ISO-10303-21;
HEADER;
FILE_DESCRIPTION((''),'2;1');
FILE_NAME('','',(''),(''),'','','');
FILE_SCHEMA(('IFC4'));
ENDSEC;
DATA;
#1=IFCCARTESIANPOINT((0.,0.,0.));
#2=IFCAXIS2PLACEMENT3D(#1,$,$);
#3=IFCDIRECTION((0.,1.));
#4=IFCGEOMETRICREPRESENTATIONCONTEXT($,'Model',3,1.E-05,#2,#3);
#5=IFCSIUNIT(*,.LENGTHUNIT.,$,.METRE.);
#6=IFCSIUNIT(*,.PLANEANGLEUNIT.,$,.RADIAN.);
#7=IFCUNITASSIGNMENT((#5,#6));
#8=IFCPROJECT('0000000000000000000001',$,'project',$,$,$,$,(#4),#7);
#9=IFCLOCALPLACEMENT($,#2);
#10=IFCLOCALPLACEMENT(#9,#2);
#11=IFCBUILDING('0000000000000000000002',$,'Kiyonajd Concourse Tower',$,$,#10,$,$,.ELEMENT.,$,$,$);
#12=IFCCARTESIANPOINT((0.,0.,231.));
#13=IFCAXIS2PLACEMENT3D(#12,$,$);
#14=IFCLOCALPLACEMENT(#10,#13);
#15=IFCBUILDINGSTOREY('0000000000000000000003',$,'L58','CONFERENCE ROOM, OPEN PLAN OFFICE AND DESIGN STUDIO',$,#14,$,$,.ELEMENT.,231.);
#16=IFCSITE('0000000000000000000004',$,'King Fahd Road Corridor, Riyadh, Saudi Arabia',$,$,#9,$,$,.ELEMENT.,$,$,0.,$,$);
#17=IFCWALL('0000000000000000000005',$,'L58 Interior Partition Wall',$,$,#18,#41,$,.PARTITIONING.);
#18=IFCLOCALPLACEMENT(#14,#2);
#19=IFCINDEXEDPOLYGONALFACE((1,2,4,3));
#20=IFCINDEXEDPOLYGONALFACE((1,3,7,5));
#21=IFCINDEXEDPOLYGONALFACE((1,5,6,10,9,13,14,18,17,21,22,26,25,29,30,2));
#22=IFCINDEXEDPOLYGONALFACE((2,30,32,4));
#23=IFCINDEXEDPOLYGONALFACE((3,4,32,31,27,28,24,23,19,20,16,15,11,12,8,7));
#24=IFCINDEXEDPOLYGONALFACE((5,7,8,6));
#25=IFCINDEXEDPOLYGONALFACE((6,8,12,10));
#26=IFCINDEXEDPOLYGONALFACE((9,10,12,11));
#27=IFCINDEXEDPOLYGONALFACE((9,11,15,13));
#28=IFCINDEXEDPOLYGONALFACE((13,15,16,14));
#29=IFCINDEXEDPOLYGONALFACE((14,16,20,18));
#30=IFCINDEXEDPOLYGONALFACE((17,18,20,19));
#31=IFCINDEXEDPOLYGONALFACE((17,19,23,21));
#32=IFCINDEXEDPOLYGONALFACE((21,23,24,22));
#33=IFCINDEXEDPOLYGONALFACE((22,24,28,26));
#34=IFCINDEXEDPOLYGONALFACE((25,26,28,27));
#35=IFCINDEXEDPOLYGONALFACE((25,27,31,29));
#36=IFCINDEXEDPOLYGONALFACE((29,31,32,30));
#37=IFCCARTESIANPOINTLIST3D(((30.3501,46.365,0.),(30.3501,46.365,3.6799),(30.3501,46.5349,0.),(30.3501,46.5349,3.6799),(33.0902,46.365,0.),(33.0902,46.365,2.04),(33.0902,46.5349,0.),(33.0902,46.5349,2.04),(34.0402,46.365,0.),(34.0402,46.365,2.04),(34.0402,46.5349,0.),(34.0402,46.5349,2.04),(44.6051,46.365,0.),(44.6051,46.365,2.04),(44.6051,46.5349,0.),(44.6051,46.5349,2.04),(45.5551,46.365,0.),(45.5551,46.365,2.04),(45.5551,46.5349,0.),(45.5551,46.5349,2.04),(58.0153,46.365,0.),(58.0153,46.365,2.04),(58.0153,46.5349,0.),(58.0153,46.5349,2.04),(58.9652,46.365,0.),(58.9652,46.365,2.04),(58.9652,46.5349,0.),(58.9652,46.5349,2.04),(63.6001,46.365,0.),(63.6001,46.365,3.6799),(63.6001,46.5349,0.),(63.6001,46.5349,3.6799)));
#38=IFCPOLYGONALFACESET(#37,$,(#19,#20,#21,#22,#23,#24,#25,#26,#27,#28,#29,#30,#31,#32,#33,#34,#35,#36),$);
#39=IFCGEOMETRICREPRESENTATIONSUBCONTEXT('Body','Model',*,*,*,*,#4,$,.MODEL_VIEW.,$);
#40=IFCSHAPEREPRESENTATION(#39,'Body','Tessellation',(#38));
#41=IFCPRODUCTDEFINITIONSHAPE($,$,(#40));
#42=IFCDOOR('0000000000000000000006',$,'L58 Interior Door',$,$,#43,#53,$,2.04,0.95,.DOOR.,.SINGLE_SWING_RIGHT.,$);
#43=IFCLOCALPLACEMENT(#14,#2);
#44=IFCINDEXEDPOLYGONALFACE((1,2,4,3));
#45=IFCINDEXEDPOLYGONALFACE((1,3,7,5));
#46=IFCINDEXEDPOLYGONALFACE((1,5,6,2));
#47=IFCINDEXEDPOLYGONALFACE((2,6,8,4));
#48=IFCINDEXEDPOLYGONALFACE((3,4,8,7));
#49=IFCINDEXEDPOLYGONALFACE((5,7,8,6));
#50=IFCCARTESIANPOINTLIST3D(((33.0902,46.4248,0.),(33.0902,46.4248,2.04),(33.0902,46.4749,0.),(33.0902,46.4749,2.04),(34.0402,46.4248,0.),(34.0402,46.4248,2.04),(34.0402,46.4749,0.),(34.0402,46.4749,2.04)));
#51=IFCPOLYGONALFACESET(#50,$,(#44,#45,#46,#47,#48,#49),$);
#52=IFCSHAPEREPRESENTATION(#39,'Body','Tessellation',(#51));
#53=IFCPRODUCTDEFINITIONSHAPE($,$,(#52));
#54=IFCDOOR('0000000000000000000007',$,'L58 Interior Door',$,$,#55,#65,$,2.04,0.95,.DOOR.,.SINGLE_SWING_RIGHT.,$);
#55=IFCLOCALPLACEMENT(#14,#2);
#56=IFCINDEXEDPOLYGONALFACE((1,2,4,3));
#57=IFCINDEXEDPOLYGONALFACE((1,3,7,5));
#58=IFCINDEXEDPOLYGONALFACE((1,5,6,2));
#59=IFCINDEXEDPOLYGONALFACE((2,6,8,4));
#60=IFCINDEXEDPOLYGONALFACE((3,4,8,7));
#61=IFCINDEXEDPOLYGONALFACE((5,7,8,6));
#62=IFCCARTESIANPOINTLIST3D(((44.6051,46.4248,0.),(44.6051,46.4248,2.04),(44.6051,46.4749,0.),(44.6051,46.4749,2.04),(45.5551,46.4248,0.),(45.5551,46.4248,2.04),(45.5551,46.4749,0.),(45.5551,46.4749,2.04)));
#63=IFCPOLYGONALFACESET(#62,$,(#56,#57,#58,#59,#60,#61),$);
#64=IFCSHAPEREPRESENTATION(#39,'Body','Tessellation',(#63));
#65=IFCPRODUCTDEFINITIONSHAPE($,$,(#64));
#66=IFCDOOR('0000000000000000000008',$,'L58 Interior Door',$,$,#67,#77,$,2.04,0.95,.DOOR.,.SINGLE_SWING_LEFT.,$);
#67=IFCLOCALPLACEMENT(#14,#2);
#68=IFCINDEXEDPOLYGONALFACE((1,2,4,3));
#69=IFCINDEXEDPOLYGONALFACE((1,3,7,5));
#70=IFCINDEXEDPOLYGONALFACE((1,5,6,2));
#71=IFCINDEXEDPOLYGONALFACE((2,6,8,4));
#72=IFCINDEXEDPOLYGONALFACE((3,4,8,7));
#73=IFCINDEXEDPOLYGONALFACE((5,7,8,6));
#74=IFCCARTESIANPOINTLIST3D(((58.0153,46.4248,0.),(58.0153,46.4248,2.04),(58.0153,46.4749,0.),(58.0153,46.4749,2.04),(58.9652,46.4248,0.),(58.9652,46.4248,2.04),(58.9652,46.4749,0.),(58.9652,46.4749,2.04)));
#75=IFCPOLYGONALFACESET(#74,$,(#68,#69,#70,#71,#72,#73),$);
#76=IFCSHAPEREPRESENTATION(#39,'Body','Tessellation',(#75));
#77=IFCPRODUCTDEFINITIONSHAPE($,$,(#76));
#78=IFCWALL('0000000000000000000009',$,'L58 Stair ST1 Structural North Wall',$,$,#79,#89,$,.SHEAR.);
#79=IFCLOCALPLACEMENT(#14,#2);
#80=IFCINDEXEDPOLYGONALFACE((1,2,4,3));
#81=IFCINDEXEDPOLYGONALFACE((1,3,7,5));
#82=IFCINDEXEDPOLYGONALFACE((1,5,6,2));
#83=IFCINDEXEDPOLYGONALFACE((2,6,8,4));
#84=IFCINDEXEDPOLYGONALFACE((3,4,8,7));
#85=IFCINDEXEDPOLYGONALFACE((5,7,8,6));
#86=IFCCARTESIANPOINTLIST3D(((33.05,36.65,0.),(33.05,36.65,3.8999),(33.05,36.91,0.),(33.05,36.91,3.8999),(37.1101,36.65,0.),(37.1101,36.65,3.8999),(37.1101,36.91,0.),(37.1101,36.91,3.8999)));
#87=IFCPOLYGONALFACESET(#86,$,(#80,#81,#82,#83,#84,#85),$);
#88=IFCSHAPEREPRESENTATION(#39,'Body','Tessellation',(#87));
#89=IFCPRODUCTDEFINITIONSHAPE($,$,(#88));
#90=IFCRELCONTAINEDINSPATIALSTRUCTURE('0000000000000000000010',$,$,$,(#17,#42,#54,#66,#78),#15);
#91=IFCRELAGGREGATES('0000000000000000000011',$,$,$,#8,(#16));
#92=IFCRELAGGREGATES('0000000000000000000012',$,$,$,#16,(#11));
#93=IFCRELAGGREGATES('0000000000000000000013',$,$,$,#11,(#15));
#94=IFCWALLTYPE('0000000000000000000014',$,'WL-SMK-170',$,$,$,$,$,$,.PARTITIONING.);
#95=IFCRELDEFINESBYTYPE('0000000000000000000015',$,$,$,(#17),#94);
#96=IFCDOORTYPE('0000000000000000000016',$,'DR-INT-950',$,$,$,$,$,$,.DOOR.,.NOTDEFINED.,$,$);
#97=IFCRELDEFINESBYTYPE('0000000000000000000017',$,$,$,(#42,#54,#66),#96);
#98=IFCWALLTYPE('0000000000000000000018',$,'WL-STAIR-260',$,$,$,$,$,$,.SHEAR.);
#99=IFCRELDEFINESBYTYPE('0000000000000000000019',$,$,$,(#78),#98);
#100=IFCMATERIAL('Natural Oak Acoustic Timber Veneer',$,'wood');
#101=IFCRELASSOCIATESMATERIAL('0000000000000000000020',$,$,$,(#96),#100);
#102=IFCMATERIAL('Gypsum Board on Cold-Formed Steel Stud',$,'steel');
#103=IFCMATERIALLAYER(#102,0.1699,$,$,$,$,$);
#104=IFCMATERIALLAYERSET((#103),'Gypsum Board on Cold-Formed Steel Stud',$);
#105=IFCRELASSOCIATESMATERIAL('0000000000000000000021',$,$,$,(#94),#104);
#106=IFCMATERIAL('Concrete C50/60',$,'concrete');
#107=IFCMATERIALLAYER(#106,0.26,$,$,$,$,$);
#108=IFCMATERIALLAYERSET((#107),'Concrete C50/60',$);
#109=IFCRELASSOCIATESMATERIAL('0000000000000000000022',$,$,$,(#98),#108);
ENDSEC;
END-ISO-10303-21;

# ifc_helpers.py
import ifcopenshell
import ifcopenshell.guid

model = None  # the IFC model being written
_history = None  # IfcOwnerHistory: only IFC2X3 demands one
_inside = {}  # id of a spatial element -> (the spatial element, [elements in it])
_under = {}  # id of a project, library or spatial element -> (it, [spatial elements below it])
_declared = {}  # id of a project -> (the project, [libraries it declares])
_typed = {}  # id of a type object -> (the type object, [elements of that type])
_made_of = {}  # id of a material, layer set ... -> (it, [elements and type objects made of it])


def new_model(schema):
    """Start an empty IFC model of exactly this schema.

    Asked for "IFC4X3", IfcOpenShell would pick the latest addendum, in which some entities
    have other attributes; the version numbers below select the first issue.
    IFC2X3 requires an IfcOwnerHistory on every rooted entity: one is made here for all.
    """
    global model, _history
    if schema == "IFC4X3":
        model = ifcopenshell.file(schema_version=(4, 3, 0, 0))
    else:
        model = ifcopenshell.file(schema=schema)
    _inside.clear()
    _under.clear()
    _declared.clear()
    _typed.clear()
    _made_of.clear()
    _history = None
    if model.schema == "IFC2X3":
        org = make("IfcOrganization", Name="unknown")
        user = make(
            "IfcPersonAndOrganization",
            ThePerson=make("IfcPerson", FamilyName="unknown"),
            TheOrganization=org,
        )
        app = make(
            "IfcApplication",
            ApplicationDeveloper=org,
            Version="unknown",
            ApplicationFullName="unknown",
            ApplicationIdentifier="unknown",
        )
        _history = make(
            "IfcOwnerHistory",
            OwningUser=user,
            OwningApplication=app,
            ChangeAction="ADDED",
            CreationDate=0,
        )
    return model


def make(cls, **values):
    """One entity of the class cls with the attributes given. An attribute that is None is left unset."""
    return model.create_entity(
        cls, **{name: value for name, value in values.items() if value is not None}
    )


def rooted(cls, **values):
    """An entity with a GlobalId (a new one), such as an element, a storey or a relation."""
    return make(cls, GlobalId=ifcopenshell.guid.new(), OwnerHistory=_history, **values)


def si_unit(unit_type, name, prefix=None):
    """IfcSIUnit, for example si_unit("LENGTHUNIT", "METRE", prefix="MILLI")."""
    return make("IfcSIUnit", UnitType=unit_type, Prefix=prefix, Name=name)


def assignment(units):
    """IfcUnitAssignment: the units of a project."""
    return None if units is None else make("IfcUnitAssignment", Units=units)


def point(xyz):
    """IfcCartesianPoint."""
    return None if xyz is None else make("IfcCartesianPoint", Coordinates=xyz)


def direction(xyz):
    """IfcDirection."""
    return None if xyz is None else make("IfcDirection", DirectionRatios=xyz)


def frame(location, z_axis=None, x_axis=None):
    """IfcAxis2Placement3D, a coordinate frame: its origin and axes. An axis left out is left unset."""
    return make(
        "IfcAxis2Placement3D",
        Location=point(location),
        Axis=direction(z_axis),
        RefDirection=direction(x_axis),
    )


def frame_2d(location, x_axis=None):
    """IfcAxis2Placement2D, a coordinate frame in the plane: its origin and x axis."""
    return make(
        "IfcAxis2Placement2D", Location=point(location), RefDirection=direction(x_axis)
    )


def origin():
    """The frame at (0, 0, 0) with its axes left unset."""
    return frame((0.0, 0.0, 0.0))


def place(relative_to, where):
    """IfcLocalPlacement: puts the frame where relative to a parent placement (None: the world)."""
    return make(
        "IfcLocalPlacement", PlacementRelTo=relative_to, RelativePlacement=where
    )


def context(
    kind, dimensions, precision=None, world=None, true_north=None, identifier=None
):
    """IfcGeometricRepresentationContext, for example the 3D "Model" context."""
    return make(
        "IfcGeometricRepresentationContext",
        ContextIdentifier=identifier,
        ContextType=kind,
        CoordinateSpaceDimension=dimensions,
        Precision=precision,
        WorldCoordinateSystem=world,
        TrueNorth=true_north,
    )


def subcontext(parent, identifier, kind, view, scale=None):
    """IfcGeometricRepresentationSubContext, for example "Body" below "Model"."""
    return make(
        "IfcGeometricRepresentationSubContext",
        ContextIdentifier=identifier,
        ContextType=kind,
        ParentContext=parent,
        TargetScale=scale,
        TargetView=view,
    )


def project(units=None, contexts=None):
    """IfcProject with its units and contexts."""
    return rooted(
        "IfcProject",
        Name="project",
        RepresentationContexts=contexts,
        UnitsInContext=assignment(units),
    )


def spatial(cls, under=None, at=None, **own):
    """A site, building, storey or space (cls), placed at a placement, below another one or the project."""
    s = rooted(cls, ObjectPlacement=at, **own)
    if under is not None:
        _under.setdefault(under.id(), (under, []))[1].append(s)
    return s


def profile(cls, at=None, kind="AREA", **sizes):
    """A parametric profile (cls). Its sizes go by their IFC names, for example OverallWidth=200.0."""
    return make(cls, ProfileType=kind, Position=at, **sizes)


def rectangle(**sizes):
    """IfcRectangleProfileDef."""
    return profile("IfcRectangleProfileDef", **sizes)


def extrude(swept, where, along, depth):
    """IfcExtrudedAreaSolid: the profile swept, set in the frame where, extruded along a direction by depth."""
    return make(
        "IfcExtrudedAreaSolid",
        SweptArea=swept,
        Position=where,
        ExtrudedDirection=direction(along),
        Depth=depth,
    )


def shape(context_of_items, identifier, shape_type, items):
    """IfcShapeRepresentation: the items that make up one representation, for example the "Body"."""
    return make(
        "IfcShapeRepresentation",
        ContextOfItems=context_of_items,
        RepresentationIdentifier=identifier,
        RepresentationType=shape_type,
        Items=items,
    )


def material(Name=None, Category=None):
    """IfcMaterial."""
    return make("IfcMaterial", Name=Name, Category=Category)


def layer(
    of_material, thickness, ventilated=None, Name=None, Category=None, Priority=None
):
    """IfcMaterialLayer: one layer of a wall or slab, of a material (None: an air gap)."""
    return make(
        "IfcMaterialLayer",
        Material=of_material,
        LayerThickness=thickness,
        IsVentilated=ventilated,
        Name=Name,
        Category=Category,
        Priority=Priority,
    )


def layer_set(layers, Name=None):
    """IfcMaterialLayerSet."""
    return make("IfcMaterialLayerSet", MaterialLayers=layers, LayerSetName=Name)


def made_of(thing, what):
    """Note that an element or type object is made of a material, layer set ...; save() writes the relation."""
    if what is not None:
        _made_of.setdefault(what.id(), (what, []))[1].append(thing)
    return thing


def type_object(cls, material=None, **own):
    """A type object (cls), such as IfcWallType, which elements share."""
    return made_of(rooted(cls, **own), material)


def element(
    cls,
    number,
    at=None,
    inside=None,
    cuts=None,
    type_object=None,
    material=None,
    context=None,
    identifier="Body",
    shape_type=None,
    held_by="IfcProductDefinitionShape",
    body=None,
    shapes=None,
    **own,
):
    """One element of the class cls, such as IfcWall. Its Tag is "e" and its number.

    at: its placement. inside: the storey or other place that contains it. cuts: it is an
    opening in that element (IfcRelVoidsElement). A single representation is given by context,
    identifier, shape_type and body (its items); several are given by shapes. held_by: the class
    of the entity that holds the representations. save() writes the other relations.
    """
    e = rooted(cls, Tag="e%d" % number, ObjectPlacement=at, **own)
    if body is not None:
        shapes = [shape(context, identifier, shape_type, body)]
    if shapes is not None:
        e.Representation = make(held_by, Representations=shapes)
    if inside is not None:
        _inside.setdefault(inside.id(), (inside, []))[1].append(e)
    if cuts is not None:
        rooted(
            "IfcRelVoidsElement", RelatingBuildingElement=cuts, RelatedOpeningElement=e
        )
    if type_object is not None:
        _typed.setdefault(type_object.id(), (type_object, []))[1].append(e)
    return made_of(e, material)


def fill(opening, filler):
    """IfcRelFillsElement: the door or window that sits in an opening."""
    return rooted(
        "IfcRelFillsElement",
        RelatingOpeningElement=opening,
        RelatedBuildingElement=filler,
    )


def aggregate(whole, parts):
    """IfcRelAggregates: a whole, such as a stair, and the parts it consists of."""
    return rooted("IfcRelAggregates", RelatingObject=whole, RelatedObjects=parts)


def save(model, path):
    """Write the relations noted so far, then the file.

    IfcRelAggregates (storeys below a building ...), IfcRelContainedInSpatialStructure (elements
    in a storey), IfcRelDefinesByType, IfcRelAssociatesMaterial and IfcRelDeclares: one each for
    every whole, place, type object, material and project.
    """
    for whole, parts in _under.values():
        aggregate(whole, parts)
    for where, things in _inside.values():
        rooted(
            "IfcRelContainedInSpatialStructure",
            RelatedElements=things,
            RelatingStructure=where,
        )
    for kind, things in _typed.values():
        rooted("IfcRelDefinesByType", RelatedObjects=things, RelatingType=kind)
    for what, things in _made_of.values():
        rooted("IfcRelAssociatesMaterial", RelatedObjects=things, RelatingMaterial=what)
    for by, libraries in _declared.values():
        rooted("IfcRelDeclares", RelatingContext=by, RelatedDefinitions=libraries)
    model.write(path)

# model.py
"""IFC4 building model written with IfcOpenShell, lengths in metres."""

from ifc_helpers import new_model, si_unit, direction, frame, frame_2d, origin, place, context, subcontext, project, spatial, rectangle, extrude, material, layer, layer_set, type_object, element, fill, save


model = new_model("IFC4")

# Units and contexts
model_context = context("Model", 3, precision=1e-05, world=origin(), true_north=direction((0.0, 1.0)))
body_context = subcontext(model_context, "Body", "Model", "MODEL_VIEW")
ifc_project = project(units=[si_unit("LENGTHUNIT", "METRE"), si_unit("PLANEANGLEUNIT", "RADIAN")], contexts=[model_context])

# Site, building, storey
site_placement = place(None, origin())
site = spatial("IfcSite", under=ifc_project, at=site_placement, Name="King Fahd Road Corridor, Riyadh, Saudi Arabia", CompositionType="ELEMENT", RefElevation=0.0)
building_placement = place(site_placement, origin())
building = spatial("IfcBuilding", under=site, at=building_placement, Name="Kiyonajd Concourse Tower", CompositionType="ELEMENT")
storey_placement = place(building_placement, frame((0.0, 0.0, 231.0)))
storey = spatial("IfcBuildingStorey", under=building, at=storey_placement, Name="L58", Description="CONFERENCE ROOM, OPEN PLAN OFFICE AND DESIGN STUDIO", CompositionType="ELEMENT", Elevation=231.0)

# Shared definitions
ifc_material_1 = material(Name="Natural Oak Acoustic Timber Veneer", Category="wood")
door_type_1 = type_object("IfcDoorType", Name="DR-INT-950", OperationType="NOTDEFINED", PredefinedType="DOOR", material=ifc_material_1)

# Shared definitions
ifc_material_2 = material(Name="Gypsum Board on Cold-Formed Steel Stud", Category="steel")

# Shared definitions
ifc_layer_1 = layer(ifc_material_2, 0.1699)
ifc_layer_set_1 = layer_set([ifc_layer_1], Name="Gypsum Board on Cold-Formed Steel Stud")
wall_type_1 = type_object("IfcWallType", Name="WL-SMK-170", PredefinedType="PARTITIONING", material=ifc_layer_set_1)

# Wall, openings, doors
wall_1_placement = place(storey_placement, frame((30.3501, 46.45, 0.0), z_axis=(0.0, 0.0, 1.0), x_axis=(1.0, 0.0, 0.0)))
wall_1 = element("IfcWall", 1, at=wall_1_placement, inside=storey, type_object=wall_type_1, Name="L58 Interior Partition Wall", PredefinedType="PARTITIONING", context=body_context, shape_type="SweptSolid", body=[
    extrude(rectangle(XDim=33.25, YDim=0.1699, at=frame_2d((16.625, 0.0))), origin(), (0.0, 0.0, 1.0), 3.6799),
])
opening_1_placement = place(wall_1_placement, frame((2.74, 0.0, 0.0)))
opening_1 = element("IfcOpeningElement", 2, at=opening_1_placement, cuts=wall_1, PredefinedType="OPENING", context=body_context, shape_type="SweptSolid", body=[
    extrude(rectangle(XDim=0.95, YDim=2.04, at=frame_2d((0.4751, 1.02))), frame((0.0, 0.095, 0.0), z_axis=(0.0, -1.0, 0.0), x_axis=(1.0, 0.0, 0.0)), (0.0, 0.0, 1.0), 0.1899),
])
opening_2_placement = place(wall_1_placement, frame((14.2549, 0.0, 0.0)))
opening_2 = element("IfcOpeningElement", 3, at=opening_2_placement, cuts=wall_1, PredefinedType="OPENING", context=body_context, shape_type="SweptSolid", body=[
    extrude(rectangle(XDim=0.95, YDim=2.04, at=frame_2d((0.4751, 1.02))), frame((0.0, 0.095, 0.0), z_axis=(0.0, -1.0, 0.0), x_axis=(1.0, 0.0, 0.0)), (0.0, 0.0, 1.0), 0.1899),
])
opening_3_placement = place(wall_1_placement, frame((27.665, 0.0, 0.0)))
opening_3 = element("IfcOpeningElement", 4, at=opening_3_placement, cuts=wall_1, PredefinedType="OPENING", context=body_context, shape_type="SweptSolid", body=[
    extrude(rectangle(XDim=0.95, YDim=2.04, at=frame_2d((0.4751, 1.02))), frame((0.0, 0.095, 0.0), z_axis=(0.0, -1.0, 0.0), x_axis=(1.0, 0.0, 0.0)), (0.0, 0.0, 1.0), 0.1899),
])
door_1_placement = place(opening_1_placement, origin())
door_1 = element("IfcDoor", 5, at=door_1_placement, inside=storey, type_object=door_type_1, Name="L58 Interior Door", OperationType="SINGLE_SWING_RIGHT", OverallHeight=2.04, OverallWidth=0.95, PredefinedType="DOOR", context=body_context, shape_type="SweptSolid", body=[
    extrude(rectangle(XDim=0.95, YDim=2.04, at=frame_2d((0.4751, 1.02))), frame((0.0, 0.0249, 0.0), z_axis=(0.0, -1.0, 0.0), x_axis=(1.0, 0.0, 0.0)), (0.0, 0.0, 1.0), 0.05),
])
fill(opening_1, door_1)
door_2_placement = place(opening_2_placement, origin())
door_2 = element("IfcDoor", 6, at=door_2_placement, inside=storey, type_object=door_type_1, Name="L58 Interior Door", OperationType="SINGLE_SWING_RIGHT", OverallHeight=2.04, OverallWidth=0.95, PredefinedType="DOOR", context=body_context, shape_type="SweptSolid", body=[
    extrude(rectangle(XDim=0.95, YDim=2.04, at=frame_2d((0.4751, 1.02))), frame((0.0, 0.0249, 0.0), z_axis=(0.0, -1.0, 0.0), x_axis=(1.0, 0.0, 0.0)), (0.0, 0.0, 1.0), 0.05),
])
fill(opening_2, door_2)
door_3_placement = place(opening_3_placement, origin())
door_3 = element("IfcDoor", 7, at=door_3_placement, inside=storey, type_object=door_type_1, Name="L58 Interior Door", OperationType="SINGLE_SWING_LEFT", OverallHeight=2.04, OverallWidth=0.95, PredefinedType="DOOR", context=body_context, shape_type="SweptSolid", body=[
    extrude(rectangle(XDim=0.95, YDim=2.04, at=frame_2d((0.4751, 1.02))), frame((0.0, 0.0249, 0.0), z_axis=(0.0, -1.0, 0.0), x_axis=(1.0, 0.0, 0.0)), (0.0, 0.0, 1.0), 0.05),
])
fill(opening_3, door_3)

# Wall
ifc_material_3 = material(Name="Concrete C50/60", Category="concrete")
ifc_layer_2 = layer(ifc_material_3, 0.26)
ifc_layer_set_2 = layer_set([ifc_layer_2], Name="Concrete C50/60")
wall_type_2 = type_object("IfcWallType", Name="WL-STAIR-260", PredefinedType="SHEAR", material=ifc_layer_set_2)
wall_2_placement = place(storey_placement, frame((33.05, 36.78, 0.0), z_axis=(0.0, 0.0, 1.0), x_axis=(1.0, 0.0, 0.0)))
element("IfcWall", 8, at=wall_2_placement, inside=storey, type_object=wall_type_2, Name="L58 Stair ST1 Structural North Wall", PredefinedType="SHEAR", context=body_context, shape_type="SweptSolid", body=[
    extrude(rectangle(XDim=4.0601, YDim=0.26, at=frame_2d((2.03, 0.0))), origin(), (0.0, 0.0, 1.0), 3.8999),
])

save(model, "model.ifc")
